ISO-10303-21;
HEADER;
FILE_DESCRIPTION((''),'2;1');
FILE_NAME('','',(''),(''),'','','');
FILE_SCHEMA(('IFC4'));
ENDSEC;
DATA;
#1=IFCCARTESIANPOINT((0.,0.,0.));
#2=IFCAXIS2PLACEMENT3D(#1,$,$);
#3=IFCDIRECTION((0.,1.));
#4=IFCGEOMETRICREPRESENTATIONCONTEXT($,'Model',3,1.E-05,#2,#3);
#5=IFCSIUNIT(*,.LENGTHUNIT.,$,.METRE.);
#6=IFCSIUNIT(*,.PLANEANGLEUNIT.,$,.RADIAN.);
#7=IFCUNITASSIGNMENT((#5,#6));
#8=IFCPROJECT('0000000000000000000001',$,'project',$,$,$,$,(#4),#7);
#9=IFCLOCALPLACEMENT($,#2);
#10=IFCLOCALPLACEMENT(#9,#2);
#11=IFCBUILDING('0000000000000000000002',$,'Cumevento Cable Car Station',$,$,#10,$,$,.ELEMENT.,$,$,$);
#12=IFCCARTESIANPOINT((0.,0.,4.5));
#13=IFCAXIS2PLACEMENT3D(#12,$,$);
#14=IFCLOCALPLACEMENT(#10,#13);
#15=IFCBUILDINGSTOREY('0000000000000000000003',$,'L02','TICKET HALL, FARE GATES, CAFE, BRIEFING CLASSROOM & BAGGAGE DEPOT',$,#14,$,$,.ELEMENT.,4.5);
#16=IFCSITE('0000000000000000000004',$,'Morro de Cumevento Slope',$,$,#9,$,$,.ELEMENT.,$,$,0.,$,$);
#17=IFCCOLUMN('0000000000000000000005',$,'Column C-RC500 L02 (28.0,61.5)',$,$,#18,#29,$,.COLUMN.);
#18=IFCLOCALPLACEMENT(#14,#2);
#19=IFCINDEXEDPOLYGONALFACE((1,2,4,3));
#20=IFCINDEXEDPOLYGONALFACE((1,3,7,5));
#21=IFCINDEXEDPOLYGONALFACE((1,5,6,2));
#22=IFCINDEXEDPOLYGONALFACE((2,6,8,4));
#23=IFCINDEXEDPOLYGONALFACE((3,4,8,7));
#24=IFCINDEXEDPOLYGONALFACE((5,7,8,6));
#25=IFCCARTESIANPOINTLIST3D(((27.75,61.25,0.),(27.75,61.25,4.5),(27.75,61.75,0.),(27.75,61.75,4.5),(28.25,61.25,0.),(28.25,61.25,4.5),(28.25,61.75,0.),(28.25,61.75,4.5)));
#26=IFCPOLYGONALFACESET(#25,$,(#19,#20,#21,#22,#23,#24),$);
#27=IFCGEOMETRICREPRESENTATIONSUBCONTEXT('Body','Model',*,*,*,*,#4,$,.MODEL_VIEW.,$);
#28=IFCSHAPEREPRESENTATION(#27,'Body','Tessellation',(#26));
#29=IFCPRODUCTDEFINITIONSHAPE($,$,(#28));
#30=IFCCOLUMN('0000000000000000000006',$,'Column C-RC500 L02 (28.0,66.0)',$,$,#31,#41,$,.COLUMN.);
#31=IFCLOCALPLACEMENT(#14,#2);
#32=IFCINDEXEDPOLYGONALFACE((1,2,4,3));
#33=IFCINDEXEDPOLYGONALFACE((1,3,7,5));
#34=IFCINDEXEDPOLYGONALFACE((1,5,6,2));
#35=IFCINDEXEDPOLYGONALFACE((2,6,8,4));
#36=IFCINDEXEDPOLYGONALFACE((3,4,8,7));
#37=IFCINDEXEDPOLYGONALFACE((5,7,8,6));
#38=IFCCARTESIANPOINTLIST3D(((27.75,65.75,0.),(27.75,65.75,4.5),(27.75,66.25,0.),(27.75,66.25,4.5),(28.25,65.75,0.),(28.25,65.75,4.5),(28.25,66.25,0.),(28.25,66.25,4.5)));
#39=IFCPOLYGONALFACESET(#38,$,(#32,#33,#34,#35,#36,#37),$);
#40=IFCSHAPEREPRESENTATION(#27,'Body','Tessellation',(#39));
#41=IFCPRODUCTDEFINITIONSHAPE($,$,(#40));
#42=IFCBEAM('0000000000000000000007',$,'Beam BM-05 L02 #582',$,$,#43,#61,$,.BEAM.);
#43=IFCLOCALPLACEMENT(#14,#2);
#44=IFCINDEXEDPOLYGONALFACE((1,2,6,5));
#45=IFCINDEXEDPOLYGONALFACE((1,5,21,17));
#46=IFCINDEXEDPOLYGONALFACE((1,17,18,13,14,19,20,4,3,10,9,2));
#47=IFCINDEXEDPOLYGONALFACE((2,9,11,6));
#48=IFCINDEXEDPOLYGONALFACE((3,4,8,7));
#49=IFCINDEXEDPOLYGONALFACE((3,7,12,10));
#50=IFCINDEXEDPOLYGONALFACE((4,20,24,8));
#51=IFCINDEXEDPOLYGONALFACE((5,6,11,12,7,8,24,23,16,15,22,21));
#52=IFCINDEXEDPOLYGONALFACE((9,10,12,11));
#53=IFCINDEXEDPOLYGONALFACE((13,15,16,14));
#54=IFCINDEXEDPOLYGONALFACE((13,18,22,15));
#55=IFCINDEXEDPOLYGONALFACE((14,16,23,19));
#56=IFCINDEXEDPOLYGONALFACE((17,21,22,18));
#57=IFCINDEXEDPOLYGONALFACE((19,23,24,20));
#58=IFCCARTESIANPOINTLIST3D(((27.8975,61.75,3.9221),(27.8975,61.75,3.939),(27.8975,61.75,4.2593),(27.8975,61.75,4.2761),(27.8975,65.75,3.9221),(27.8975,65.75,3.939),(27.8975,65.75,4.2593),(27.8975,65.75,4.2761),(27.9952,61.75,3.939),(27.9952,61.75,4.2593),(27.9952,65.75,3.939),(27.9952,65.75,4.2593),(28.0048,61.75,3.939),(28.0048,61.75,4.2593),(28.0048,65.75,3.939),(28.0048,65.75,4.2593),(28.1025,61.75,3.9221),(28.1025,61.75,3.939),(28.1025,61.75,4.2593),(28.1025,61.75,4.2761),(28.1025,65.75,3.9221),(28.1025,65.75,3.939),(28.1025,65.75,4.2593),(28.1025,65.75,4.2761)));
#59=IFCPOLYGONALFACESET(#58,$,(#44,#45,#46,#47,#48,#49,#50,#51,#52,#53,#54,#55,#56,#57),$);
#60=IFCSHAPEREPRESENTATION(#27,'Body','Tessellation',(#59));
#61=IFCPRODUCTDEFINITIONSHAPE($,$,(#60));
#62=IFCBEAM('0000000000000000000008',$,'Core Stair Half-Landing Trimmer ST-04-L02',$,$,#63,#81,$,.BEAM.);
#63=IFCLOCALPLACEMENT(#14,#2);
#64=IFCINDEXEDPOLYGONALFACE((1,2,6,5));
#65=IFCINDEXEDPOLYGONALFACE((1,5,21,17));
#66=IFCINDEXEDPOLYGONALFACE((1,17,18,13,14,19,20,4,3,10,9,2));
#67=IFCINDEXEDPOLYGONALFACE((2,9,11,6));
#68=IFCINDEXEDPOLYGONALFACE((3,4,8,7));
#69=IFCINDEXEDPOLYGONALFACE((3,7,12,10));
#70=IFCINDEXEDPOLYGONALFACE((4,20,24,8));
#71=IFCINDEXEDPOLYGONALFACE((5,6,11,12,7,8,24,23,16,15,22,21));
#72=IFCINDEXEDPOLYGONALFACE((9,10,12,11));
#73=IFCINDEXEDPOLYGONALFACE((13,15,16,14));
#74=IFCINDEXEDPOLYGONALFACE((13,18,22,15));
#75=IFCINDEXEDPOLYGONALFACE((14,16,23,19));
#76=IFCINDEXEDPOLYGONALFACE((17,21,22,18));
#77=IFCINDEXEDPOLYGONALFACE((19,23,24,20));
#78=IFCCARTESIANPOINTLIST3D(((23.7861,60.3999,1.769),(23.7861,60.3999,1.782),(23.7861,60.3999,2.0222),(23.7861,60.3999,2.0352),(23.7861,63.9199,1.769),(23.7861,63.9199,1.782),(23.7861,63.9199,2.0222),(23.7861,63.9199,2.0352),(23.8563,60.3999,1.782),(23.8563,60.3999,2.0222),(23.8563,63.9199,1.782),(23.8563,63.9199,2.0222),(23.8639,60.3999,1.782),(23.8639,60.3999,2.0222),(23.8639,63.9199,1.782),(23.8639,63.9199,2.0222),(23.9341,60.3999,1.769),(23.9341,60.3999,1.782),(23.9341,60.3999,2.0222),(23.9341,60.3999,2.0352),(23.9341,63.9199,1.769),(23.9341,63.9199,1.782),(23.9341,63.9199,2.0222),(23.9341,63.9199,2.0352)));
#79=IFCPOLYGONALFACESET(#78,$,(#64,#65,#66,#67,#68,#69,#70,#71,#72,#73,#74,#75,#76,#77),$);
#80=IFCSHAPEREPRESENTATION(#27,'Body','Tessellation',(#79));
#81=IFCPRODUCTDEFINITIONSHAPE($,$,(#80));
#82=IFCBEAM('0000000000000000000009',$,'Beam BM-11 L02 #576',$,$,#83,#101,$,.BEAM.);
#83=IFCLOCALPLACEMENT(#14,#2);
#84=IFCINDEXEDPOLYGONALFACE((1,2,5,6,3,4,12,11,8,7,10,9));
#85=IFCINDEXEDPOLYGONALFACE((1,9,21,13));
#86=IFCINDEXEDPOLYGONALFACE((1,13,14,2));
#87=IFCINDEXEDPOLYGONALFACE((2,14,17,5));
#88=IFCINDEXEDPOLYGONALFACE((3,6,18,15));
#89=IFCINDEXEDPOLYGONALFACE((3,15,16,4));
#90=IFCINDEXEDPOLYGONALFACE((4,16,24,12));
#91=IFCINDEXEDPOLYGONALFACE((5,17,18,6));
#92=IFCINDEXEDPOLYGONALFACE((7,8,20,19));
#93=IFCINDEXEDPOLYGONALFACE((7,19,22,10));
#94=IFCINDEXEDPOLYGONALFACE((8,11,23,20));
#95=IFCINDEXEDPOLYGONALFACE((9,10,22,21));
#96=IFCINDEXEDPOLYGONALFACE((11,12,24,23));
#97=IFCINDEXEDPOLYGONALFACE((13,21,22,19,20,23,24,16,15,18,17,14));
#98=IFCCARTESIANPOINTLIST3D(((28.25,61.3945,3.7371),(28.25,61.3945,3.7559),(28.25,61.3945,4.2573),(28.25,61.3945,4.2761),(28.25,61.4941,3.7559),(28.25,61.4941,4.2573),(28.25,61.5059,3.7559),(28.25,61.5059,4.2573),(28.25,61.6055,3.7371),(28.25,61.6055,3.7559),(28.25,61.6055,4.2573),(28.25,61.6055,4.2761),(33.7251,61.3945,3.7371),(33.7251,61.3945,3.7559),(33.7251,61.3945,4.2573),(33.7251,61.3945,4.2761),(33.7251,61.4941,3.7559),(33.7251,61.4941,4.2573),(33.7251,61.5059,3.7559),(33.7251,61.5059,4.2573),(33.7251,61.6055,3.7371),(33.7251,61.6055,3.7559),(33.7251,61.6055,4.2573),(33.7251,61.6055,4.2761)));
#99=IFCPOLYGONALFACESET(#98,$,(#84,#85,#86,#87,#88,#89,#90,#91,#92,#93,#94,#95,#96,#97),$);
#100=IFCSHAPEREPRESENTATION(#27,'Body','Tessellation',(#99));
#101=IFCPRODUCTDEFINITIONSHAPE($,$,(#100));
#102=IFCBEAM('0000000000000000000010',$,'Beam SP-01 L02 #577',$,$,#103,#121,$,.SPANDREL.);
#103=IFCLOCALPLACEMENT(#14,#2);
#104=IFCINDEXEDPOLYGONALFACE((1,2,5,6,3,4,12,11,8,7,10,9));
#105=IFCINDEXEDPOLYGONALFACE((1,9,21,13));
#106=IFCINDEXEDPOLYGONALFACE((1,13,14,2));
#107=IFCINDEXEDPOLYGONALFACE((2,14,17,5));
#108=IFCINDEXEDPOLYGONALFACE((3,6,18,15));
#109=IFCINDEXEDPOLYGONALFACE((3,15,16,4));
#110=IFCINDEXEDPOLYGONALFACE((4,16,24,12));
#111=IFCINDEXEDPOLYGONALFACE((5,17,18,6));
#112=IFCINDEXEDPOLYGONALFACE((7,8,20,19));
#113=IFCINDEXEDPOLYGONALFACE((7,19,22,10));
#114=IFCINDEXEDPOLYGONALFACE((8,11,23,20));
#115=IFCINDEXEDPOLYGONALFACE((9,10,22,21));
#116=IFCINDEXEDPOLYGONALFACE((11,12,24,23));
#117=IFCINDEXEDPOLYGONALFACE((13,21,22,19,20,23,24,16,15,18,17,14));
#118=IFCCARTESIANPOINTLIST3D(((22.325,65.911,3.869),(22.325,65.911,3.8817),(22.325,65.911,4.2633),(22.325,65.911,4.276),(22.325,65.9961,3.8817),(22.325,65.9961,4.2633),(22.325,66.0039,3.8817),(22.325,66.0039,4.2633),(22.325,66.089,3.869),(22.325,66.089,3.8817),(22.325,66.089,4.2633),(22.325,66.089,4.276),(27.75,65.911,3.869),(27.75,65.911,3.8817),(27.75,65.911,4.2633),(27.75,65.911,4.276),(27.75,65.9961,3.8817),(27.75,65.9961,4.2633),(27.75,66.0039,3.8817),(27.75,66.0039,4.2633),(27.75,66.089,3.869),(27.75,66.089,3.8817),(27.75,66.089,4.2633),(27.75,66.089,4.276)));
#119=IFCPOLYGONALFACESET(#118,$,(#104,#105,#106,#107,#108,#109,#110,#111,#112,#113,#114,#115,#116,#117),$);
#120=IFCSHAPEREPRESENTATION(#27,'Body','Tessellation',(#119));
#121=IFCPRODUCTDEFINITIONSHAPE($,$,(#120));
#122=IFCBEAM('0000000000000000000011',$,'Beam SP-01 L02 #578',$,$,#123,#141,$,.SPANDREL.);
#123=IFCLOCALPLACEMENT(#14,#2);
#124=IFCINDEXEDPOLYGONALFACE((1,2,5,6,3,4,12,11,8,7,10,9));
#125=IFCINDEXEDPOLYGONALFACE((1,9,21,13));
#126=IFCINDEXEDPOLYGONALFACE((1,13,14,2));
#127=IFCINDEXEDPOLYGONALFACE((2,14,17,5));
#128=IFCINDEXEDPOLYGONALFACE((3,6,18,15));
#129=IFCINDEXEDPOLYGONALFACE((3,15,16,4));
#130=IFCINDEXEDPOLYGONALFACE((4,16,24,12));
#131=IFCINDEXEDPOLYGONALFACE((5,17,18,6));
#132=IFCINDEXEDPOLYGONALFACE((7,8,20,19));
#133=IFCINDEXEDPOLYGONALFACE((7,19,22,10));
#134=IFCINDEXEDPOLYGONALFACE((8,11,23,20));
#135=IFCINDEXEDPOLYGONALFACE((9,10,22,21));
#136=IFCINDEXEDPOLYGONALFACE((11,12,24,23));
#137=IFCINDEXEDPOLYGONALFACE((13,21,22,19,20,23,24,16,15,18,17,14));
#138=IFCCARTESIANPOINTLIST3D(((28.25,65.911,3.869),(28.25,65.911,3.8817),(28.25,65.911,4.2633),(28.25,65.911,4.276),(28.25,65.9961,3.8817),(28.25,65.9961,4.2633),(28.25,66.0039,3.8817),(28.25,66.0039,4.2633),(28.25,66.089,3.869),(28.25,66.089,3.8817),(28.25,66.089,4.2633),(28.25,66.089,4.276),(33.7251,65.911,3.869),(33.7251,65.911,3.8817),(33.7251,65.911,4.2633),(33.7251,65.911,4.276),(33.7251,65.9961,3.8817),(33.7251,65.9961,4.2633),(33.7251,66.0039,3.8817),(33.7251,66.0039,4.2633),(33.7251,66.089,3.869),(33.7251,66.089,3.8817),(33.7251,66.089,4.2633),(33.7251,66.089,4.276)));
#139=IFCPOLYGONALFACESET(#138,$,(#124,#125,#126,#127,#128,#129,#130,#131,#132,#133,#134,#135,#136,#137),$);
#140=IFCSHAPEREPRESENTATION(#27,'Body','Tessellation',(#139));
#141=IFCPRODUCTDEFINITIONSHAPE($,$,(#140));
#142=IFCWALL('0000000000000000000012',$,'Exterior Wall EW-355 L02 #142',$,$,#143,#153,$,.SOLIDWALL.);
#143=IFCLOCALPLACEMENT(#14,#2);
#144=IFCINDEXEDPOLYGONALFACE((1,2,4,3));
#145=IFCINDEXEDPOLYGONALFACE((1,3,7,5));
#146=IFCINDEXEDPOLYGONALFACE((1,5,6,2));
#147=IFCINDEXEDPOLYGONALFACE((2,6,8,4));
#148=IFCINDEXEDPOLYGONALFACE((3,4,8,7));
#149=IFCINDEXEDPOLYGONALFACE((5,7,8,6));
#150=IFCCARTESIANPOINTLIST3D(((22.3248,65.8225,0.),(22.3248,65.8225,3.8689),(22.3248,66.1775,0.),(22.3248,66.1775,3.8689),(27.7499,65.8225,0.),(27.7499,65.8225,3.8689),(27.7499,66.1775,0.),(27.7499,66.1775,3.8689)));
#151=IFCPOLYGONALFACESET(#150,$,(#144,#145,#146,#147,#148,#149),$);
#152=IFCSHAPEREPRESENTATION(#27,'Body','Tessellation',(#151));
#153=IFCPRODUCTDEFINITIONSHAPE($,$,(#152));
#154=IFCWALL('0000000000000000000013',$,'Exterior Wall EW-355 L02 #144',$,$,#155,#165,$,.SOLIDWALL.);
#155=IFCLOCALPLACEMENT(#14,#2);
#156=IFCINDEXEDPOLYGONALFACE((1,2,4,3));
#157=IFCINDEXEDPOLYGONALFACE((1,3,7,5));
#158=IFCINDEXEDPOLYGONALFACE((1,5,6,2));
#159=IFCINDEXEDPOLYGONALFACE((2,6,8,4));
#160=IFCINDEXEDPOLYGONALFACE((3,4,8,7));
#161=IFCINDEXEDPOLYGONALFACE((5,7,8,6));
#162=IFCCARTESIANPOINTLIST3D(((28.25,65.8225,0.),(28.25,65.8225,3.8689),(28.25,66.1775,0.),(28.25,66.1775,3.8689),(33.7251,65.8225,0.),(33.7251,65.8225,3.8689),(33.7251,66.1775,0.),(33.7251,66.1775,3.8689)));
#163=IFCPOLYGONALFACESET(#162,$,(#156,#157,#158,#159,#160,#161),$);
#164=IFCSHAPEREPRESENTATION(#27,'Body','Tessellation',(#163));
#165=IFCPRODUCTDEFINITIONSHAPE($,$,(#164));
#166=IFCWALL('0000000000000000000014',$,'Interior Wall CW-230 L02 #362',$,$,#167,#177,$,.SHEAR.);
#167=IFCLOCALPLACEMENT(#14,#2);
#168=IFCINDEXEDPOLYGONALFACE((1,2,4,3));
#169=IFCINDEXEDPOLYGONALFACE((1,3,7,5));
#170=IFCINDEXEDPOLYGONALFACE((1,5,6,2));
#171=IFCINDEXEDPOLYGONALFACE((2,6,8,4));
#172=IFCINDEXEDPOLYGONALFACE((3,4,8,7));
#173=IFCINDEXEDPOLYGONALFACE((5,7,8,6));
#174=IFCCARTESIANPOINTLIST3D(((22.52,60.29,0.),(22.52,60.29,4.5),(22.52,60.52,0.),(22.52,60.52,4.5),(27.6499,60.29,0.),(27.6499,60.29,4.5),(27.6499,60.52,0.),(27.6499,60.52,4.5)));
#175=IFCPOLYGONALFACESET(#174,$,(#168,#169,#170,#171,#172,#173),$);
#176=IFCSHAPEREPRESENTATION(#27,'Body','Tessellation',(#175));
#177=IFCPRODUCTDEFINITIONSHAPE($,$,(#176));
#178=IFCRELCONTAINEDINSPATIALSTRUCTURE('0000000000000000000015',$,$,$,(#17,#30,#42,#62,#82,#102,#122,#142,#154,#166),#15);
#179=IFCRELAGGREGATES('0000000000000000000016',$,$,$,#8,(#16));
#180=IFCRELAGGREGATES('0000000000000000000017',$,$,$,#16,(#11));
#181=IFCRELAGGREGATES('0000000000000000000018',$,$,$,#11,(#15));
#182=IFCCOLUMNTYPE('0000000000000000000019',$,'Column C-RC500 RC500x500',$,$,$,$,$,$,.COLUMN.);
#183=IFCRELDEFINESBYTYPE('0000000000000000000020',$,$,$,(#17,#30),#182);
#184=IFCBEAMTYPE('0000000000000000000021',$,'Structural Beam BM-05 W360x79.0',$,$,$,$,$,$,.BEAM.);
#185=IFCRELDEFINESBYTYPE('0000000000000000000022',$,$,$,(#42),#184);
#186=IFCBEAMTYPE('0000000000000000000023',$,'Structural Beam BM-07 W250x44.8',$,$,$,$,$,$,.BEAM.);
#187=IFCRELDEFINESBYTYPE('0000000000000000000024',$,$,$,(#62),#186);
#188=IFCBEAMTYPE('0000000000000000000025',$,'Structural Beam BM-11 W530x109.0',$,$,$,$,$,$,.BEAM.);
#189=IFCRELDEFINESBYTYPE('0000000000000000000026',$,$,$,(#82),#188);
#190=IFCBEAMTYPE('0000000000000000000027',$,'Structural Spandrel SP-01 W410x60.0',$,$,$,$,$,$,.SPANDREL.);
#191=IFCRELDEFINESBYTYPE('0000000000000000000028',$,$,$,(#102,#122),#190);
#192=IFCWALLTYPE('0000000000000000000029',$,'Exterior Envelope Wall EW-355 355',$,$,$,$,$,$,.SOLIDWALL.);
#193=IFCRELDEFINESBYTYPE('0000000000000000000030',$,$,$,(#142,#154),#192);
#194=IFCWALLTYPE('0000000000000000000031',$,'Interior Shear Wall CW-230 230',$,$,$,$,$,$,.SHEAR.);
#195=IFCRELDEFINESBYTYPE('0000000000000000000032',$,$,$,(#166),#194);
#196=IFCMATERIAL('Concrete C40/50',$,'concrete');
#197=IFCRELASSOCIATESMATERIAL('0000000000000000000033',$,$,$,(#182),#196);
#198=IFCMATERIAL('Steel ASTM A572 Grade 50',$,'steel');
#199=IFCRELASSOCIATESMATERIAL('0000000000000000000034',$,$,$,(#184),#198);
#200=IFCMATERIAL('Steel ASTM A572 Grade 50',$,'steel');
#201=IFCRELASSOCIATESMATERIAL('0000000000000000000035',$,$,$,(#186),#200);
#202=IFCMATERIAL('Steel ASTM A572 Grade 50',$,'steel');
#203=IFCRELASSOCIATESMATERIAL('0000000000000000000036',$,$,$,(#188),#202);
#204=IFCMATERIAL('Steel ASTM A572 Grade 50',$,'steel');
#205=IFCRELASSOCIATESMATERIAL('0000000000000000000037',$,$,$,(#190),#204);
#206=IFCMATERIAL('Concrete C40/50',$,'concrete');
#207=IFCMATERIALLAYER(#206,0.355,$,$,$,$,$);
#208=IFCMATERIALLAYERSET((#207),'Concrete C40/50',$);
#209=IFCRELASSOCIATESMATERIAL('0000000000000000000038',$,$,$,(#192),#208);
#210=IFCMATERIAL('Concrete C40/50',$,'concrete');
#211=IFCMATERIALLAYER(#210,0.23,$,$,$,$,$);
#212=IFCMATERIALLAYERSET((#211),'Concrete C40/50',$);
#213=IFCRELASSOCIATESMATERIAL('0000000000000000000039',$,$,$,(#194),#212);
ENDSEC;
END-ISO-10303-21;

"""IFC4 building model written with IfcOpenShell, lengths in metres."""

from ifc_helpers import new_model, si_unit, direction, frame, frame_2d, origin, origin_2d, place, context, subcontext, project, spatial, rectangle, i_section, extrude, material, layer, layer_set, material_profile, profile_set, type_object, element, save


model = new_model("IFC4")

# Units and contexts
model_context = context("Model", 3, precision=1e-05, world=origin(), true_north=direction((0.0, 1.0)))
body_context = subcontext(model_context, "Body", "Model", "MODEL_VIEW")
ifc_project = project(units=[si_unit("LENGTHUNIT", "METRE"), si_unit("PLANEANGLEUNIT", "RADIAN")], contexts=[model_context])

# Site, building, storey
site_placement = place(None, origin())
site = spatial("IfcSite", under=ifc_project, at=site_placement, Name="Morro de Cumevento Slope", CompositionType="ELEMENT", RefElevation=0.0)
building_placement = place(site_placement, origin())
building = spatial("IfcBuilding", under=site, at=building_placement, Name="Cumevento Cable Car Station", CompositionType="ELEMENT")
storey_placement = place(building_placement, frame((0.0, 0.0, 4.5)))
storey = spatial("IfcBuildingStorey", under=building, at=storey_placement, Name="L02", Description="TICKET HALL, FARE GATES, CAFE, BRIEFING CLASSROOM & BAGGAGE DEPOT", CompositionType="ELEMENT", Elevation=4.5)

# Columns
ifc_material_1 = material(Name="Concrete C40/50", Category="concrete")
ifc_material_profile_1 = material_profile(ifc_material_1, rectangle(XDim=0.5, YDim=0.5, at=origin_2d()), Name="RC500x500")
ifc_profile_set_1 = profile_set([ifc_material_profile_1], Name="Concrete C40/50")
column_type = type_object("IfcColumnType", Name="Column C-RC500 RC500x500", PredefinedType="COLUMN", material=ifc_profile_set_1)
for number, where, z_axis, x_axis, name in (
    (1, (28.0, 61.5, 0.0), (0.0, 0.0, 1.0), (1.0, 0.0, 0.0), "Column C-RC500 L02 (28.0,61.5)"),
    (2, (28.0, 66.0, 0.0), (0.0, 0.0, 1.0), (1.0, 0.0, 0.0), "Column C-RC500 L02 (28.0,66.0)"),
):
    element("IfcColumn", number, at=place(storey_placement, frame(where, z_axis=z_axis, x_axis=x_axis)), inside=storey, type_object=column_type, Name=name, PredefinedType="COLUMN", context=body_context, shape_type="SweptSolid", body=[
        extrude(rectangle(XDim=0.5, YDim=0.5, at=origin_2d()), origin(), (0.0, 0.0, 1.0), 4.5),
    ])

# Beams
ifc_material_2 = material(Name="Steel ASTM A572 Grade 50", Category="steel")
ifc_material_profile_2 = material_profile(ifc_material_2, i_section(OverallWidth=0.2051, OverallDepth=0.354, WebThickness=0.0095, FlangeThickness=0.0168, at=origin_2d()), Name="W360x79.0")
ifc_profile_set_2 = profile_set([ifc_material_profile_2], Name="Steel ASTM A572 Grade 50")
beam_type_1 = type_object("IfcBeamType", Name="Structural Beam BM-05 W360x79.0", PredefinedType="BEAM", material=ifc_profile_set_2)
beam_1_placement = place(storey_placement, frame((28.0, 61.75, 4.0991), z_axis=(0.0, 1.0, 0.0), x_axis=(-1.0, 0.0, 0.0)))
element("IfcBeam", 3, at=beam_1_placement, inside=storey, type_object=beam_type_1, Name="Beam BM-05 L02 #582", PredefinedType="BEAM", context=body_context, shape_type="SweptSolid", body=[
    extrude(i_section(OverallWidth=0.2051, OverallDepth=0.354, WebThickness=0.0095, FlangeThickness=0.0168, at=origin_2d()), origin(), (0.0, 0.0, 1.0), 4.0),
])
ifc_material_3 = material(Name="Steel ASTM A572 Grade 50", Category="steel")
ifc_material_profile_3 = material_profile(ifc_material_3, i_section(OverallWidth=0.1479, OverallDepth=0.2661, WebThickness=0.0076, FlangeThickness=0.0129, at=origin_2d()), Name="W250x44.8")
ifc_profile_set_3 = profile_set([ifc_material_profile_3], Name="Steel ASTM A572 Grade 50")
beam_type_2 = type_object("IfcBeamType", Name="Structural Beam BM-07 W250x44.8", PredefinedType="BEAM", material=ifc_profile_set_3)
beam_2_placement = place(storey_placement, frame((23.8601, 60.3999, 1.9021), z_axis=(0.0, 1.0, 0.0), x_axis=(-1.0, 0.0, 0.0)))
element("IfcBeam", 4, at=beam_2_placement, inside=storey, type_object=beam_type_2, Name="Core Stair Half-Landing Trimmer ST-04-L02", PredefinedType="BEAM", context=body_context, shape_type="SweptSolid", body=[
    extrude(i_section(OverallWidth=0.1479, OverallDepth=0.2661, WebThickness=0.0076, FlangeThickness=0.0129, at=origin_2d()), origin(), (0.0, 0.0, 1.0), 3.52),
])
ifc_material_4 = material(Name="Steel ASTM A572 Grade 50", Category="steel")
ifc_material_profile_4 = material_profile(ifc_material_4, i_section(OverallWidth=0.2109, OverallDepth=0.5391, WebThickness=0.0117, FlangeThickness=0.0188, at=origin_2d()), Name="W530x109.0")
ifc_profile_set_4 = profile_set([ifc_material_profile_4], Name="Steel ASTM A572 Grade 50")
beam_type_3 = type_object("IfcBeamType", Name="Structural Beam BM-11 W530x109.0", PredefinedType="BEAM", material=ifc_profile_set_4)
beam_3_placement = place(storey_placement, frame((28.25, 61.5, 4.0066), z_axis=(1.0, 0.0, 0.0), x_axis=(0.0, 1.0, 0.0)))
element("IfcBeam", 5, at=beam_3_placement, inside=storey, type_object=beam_type_3, Name="Beam BM-11 L02 #576", PredefinedType="BEAM", context=body_context, shape_type="SweptSolid", body=[
    extrude(i_section(OverallWidth=0.2109, OverallDepth=0.5391, WebThickness=0.0117, FlangeThickness=0.0188, at=origin_2d()), origin(), (0.0, 0.0, 1.0), 5.4751),
])
ifc_material_5 = material(Name="Steel ASTM A572 Grade 50", Category="steel")
ifc_material_profile_5 = material_profile(ifc_material_5, i_section(OverallWidth=0.178, OverallDepth=0.407, WebThickness=0.0078, FlangeThickness=0.0127, at=origin_2d()), Name="W410x60.0")
ifc_profile_set_5 = profile_set([ifc_material_profile_5], Name="Steel ASTM A572 Grade 50")
beam_type_4 = type_object("IfcBeamType", Name="Structural Spandrel SP-01 W410x60.0", PredefinedType="SPANDREL", material=ifc_profile_set_5)
beam_4_placement = place(storey_placement, frame((22.325, 66.0, 4.0725), z_axis=(1.0, 0.0, 0.0), x_axis=(0.0, 1.0, 0.0)))
element("IfcBeam", 6, at=beam_4_placement, inside=storey, type_object=beam_type_4, Name="Beam SP-01 L02 #577", PredefinedType="SPANDREL", context=body_context, shape_type="SweptSolid", body=[
    extrude(i_section(OverallWidth=0.178, OverallDepth=0.407, WebThickness=0.0078, FlangeThickness=0.0127, at=origin_2d()), origin(), (0.0, 0.0, 1.0), 5.425),
])
beam_5_placement = place(storey_placement, frame((28.25, 66.0, 4.0725), z_axis=(1.0, 0.0, 0.0), x_axis=(0.0, 1.0, 0.0)))
element("IfcBeam", 7, at=beam_5_placement, inside=storey, type_object=beam_type_4, Name="Beam SP-01 L02 #578", PredefinedType="SPANDREL", context=body_context, shape_type="SweptSolid", body=[
    extrude(i_section(OverallWidth=0.178, OverallDepth=0.407, WebThickness=0.0078, FlangeThickness=0.0127, at=origin_2d()), origin(), (0.0, 0.0, 1.0), 5.4751),
])

# Walls
ifc_material_6 = material(Name="Concrete C40/50", Category="concrete")
ifc_layer_1 = layer(ifc_material_6, 0.355)
ifc_layer_set_1 = layer_set([ifc_layer_1], Name="Concrete C40/50")
wall_type_1 = type_object("IfcWallType", Name="Exterior Envelope Wall EW-355 355", PredefinedType="SOLIDWALL", material=ifc_layer_set_1)
wall_1_placement = place(storey_placement, frame((22.325, 66.0, 0.0), z_axis=(0.0, 0.0, 1.0), x_axis=(1.0, 0.0, 0.0)))
element("IfcWall", 8, at=wall_1_placement, inside=storey, type_object=wall_type_1, Name="Exterior Wall EW-355 L02 #142", PredefinedType="SOLIDWALL", context=body_context, shape_type="SweptSolid", body=[
    extrude(rectangle(XDim=5.425, YDim=0.355, at=frame_2d((2.7124, 0.0))), origin(), (0.0, 0.0, 1.0), 3.8689),
])
wall_2_placement = place(storey_placement, frame((28.25, 66.0, 0.0), z_axis=(0.0, 0.0, 1.0), x_axis=(1.0, 0.0, 0.0)))
element("IfcWall", 9, at=wall_2_placement, inside=storey, type_object=wall_type_1, Name="Exterior Wall EW-355 L02 #144", PredefinedType="SOLIDWALL", context=body_context, shape_type="SweptSolid", body=[
    extrude(rectangle(XDim=5.4751, YDim=0.355, at=frame_2d((2.7375, 0.0))), origin(), (0.0, 0.0, 1.0), 3.8689),
])
ifc_material_7 = material(Name="Concrete C40/50", Category="concrete")
ifc_layer_2 = layer(ifc_material_7, 0.23)
ifc_layer_set_2 = layer_set([ifc_layer_2], Name="Concrete C40/50")
wall_type_2 = type_object("IfcWallType", Name="Interior Shear Wall CW-230 230", PredefinedType="SHEAR", material=ifc_layer_set_2)
wall_3_placement = place(storey_placement, frame((22.52, 60.405, 0.0), z_axis=(0.0, 0.0, 1.0), x_axis=(1.0, 0.0, 0.0)))
element("IfcWall", 10, at=wall_3_placement, inside=storey, type_object=wall_type_2, Name="Interior Wall CW-230 L02 #362", PredefinedType="SHEAR", context=body_context, shape_type="SweptSolid", body=[
    extrude(rectangle(XDim=5.1299, YDim=0.23, at=frame_2d((2.5649, 0.0))), origin(), (0.0, 0.0, 1.0), 4.5),
])

save(model, "model.ifc")
